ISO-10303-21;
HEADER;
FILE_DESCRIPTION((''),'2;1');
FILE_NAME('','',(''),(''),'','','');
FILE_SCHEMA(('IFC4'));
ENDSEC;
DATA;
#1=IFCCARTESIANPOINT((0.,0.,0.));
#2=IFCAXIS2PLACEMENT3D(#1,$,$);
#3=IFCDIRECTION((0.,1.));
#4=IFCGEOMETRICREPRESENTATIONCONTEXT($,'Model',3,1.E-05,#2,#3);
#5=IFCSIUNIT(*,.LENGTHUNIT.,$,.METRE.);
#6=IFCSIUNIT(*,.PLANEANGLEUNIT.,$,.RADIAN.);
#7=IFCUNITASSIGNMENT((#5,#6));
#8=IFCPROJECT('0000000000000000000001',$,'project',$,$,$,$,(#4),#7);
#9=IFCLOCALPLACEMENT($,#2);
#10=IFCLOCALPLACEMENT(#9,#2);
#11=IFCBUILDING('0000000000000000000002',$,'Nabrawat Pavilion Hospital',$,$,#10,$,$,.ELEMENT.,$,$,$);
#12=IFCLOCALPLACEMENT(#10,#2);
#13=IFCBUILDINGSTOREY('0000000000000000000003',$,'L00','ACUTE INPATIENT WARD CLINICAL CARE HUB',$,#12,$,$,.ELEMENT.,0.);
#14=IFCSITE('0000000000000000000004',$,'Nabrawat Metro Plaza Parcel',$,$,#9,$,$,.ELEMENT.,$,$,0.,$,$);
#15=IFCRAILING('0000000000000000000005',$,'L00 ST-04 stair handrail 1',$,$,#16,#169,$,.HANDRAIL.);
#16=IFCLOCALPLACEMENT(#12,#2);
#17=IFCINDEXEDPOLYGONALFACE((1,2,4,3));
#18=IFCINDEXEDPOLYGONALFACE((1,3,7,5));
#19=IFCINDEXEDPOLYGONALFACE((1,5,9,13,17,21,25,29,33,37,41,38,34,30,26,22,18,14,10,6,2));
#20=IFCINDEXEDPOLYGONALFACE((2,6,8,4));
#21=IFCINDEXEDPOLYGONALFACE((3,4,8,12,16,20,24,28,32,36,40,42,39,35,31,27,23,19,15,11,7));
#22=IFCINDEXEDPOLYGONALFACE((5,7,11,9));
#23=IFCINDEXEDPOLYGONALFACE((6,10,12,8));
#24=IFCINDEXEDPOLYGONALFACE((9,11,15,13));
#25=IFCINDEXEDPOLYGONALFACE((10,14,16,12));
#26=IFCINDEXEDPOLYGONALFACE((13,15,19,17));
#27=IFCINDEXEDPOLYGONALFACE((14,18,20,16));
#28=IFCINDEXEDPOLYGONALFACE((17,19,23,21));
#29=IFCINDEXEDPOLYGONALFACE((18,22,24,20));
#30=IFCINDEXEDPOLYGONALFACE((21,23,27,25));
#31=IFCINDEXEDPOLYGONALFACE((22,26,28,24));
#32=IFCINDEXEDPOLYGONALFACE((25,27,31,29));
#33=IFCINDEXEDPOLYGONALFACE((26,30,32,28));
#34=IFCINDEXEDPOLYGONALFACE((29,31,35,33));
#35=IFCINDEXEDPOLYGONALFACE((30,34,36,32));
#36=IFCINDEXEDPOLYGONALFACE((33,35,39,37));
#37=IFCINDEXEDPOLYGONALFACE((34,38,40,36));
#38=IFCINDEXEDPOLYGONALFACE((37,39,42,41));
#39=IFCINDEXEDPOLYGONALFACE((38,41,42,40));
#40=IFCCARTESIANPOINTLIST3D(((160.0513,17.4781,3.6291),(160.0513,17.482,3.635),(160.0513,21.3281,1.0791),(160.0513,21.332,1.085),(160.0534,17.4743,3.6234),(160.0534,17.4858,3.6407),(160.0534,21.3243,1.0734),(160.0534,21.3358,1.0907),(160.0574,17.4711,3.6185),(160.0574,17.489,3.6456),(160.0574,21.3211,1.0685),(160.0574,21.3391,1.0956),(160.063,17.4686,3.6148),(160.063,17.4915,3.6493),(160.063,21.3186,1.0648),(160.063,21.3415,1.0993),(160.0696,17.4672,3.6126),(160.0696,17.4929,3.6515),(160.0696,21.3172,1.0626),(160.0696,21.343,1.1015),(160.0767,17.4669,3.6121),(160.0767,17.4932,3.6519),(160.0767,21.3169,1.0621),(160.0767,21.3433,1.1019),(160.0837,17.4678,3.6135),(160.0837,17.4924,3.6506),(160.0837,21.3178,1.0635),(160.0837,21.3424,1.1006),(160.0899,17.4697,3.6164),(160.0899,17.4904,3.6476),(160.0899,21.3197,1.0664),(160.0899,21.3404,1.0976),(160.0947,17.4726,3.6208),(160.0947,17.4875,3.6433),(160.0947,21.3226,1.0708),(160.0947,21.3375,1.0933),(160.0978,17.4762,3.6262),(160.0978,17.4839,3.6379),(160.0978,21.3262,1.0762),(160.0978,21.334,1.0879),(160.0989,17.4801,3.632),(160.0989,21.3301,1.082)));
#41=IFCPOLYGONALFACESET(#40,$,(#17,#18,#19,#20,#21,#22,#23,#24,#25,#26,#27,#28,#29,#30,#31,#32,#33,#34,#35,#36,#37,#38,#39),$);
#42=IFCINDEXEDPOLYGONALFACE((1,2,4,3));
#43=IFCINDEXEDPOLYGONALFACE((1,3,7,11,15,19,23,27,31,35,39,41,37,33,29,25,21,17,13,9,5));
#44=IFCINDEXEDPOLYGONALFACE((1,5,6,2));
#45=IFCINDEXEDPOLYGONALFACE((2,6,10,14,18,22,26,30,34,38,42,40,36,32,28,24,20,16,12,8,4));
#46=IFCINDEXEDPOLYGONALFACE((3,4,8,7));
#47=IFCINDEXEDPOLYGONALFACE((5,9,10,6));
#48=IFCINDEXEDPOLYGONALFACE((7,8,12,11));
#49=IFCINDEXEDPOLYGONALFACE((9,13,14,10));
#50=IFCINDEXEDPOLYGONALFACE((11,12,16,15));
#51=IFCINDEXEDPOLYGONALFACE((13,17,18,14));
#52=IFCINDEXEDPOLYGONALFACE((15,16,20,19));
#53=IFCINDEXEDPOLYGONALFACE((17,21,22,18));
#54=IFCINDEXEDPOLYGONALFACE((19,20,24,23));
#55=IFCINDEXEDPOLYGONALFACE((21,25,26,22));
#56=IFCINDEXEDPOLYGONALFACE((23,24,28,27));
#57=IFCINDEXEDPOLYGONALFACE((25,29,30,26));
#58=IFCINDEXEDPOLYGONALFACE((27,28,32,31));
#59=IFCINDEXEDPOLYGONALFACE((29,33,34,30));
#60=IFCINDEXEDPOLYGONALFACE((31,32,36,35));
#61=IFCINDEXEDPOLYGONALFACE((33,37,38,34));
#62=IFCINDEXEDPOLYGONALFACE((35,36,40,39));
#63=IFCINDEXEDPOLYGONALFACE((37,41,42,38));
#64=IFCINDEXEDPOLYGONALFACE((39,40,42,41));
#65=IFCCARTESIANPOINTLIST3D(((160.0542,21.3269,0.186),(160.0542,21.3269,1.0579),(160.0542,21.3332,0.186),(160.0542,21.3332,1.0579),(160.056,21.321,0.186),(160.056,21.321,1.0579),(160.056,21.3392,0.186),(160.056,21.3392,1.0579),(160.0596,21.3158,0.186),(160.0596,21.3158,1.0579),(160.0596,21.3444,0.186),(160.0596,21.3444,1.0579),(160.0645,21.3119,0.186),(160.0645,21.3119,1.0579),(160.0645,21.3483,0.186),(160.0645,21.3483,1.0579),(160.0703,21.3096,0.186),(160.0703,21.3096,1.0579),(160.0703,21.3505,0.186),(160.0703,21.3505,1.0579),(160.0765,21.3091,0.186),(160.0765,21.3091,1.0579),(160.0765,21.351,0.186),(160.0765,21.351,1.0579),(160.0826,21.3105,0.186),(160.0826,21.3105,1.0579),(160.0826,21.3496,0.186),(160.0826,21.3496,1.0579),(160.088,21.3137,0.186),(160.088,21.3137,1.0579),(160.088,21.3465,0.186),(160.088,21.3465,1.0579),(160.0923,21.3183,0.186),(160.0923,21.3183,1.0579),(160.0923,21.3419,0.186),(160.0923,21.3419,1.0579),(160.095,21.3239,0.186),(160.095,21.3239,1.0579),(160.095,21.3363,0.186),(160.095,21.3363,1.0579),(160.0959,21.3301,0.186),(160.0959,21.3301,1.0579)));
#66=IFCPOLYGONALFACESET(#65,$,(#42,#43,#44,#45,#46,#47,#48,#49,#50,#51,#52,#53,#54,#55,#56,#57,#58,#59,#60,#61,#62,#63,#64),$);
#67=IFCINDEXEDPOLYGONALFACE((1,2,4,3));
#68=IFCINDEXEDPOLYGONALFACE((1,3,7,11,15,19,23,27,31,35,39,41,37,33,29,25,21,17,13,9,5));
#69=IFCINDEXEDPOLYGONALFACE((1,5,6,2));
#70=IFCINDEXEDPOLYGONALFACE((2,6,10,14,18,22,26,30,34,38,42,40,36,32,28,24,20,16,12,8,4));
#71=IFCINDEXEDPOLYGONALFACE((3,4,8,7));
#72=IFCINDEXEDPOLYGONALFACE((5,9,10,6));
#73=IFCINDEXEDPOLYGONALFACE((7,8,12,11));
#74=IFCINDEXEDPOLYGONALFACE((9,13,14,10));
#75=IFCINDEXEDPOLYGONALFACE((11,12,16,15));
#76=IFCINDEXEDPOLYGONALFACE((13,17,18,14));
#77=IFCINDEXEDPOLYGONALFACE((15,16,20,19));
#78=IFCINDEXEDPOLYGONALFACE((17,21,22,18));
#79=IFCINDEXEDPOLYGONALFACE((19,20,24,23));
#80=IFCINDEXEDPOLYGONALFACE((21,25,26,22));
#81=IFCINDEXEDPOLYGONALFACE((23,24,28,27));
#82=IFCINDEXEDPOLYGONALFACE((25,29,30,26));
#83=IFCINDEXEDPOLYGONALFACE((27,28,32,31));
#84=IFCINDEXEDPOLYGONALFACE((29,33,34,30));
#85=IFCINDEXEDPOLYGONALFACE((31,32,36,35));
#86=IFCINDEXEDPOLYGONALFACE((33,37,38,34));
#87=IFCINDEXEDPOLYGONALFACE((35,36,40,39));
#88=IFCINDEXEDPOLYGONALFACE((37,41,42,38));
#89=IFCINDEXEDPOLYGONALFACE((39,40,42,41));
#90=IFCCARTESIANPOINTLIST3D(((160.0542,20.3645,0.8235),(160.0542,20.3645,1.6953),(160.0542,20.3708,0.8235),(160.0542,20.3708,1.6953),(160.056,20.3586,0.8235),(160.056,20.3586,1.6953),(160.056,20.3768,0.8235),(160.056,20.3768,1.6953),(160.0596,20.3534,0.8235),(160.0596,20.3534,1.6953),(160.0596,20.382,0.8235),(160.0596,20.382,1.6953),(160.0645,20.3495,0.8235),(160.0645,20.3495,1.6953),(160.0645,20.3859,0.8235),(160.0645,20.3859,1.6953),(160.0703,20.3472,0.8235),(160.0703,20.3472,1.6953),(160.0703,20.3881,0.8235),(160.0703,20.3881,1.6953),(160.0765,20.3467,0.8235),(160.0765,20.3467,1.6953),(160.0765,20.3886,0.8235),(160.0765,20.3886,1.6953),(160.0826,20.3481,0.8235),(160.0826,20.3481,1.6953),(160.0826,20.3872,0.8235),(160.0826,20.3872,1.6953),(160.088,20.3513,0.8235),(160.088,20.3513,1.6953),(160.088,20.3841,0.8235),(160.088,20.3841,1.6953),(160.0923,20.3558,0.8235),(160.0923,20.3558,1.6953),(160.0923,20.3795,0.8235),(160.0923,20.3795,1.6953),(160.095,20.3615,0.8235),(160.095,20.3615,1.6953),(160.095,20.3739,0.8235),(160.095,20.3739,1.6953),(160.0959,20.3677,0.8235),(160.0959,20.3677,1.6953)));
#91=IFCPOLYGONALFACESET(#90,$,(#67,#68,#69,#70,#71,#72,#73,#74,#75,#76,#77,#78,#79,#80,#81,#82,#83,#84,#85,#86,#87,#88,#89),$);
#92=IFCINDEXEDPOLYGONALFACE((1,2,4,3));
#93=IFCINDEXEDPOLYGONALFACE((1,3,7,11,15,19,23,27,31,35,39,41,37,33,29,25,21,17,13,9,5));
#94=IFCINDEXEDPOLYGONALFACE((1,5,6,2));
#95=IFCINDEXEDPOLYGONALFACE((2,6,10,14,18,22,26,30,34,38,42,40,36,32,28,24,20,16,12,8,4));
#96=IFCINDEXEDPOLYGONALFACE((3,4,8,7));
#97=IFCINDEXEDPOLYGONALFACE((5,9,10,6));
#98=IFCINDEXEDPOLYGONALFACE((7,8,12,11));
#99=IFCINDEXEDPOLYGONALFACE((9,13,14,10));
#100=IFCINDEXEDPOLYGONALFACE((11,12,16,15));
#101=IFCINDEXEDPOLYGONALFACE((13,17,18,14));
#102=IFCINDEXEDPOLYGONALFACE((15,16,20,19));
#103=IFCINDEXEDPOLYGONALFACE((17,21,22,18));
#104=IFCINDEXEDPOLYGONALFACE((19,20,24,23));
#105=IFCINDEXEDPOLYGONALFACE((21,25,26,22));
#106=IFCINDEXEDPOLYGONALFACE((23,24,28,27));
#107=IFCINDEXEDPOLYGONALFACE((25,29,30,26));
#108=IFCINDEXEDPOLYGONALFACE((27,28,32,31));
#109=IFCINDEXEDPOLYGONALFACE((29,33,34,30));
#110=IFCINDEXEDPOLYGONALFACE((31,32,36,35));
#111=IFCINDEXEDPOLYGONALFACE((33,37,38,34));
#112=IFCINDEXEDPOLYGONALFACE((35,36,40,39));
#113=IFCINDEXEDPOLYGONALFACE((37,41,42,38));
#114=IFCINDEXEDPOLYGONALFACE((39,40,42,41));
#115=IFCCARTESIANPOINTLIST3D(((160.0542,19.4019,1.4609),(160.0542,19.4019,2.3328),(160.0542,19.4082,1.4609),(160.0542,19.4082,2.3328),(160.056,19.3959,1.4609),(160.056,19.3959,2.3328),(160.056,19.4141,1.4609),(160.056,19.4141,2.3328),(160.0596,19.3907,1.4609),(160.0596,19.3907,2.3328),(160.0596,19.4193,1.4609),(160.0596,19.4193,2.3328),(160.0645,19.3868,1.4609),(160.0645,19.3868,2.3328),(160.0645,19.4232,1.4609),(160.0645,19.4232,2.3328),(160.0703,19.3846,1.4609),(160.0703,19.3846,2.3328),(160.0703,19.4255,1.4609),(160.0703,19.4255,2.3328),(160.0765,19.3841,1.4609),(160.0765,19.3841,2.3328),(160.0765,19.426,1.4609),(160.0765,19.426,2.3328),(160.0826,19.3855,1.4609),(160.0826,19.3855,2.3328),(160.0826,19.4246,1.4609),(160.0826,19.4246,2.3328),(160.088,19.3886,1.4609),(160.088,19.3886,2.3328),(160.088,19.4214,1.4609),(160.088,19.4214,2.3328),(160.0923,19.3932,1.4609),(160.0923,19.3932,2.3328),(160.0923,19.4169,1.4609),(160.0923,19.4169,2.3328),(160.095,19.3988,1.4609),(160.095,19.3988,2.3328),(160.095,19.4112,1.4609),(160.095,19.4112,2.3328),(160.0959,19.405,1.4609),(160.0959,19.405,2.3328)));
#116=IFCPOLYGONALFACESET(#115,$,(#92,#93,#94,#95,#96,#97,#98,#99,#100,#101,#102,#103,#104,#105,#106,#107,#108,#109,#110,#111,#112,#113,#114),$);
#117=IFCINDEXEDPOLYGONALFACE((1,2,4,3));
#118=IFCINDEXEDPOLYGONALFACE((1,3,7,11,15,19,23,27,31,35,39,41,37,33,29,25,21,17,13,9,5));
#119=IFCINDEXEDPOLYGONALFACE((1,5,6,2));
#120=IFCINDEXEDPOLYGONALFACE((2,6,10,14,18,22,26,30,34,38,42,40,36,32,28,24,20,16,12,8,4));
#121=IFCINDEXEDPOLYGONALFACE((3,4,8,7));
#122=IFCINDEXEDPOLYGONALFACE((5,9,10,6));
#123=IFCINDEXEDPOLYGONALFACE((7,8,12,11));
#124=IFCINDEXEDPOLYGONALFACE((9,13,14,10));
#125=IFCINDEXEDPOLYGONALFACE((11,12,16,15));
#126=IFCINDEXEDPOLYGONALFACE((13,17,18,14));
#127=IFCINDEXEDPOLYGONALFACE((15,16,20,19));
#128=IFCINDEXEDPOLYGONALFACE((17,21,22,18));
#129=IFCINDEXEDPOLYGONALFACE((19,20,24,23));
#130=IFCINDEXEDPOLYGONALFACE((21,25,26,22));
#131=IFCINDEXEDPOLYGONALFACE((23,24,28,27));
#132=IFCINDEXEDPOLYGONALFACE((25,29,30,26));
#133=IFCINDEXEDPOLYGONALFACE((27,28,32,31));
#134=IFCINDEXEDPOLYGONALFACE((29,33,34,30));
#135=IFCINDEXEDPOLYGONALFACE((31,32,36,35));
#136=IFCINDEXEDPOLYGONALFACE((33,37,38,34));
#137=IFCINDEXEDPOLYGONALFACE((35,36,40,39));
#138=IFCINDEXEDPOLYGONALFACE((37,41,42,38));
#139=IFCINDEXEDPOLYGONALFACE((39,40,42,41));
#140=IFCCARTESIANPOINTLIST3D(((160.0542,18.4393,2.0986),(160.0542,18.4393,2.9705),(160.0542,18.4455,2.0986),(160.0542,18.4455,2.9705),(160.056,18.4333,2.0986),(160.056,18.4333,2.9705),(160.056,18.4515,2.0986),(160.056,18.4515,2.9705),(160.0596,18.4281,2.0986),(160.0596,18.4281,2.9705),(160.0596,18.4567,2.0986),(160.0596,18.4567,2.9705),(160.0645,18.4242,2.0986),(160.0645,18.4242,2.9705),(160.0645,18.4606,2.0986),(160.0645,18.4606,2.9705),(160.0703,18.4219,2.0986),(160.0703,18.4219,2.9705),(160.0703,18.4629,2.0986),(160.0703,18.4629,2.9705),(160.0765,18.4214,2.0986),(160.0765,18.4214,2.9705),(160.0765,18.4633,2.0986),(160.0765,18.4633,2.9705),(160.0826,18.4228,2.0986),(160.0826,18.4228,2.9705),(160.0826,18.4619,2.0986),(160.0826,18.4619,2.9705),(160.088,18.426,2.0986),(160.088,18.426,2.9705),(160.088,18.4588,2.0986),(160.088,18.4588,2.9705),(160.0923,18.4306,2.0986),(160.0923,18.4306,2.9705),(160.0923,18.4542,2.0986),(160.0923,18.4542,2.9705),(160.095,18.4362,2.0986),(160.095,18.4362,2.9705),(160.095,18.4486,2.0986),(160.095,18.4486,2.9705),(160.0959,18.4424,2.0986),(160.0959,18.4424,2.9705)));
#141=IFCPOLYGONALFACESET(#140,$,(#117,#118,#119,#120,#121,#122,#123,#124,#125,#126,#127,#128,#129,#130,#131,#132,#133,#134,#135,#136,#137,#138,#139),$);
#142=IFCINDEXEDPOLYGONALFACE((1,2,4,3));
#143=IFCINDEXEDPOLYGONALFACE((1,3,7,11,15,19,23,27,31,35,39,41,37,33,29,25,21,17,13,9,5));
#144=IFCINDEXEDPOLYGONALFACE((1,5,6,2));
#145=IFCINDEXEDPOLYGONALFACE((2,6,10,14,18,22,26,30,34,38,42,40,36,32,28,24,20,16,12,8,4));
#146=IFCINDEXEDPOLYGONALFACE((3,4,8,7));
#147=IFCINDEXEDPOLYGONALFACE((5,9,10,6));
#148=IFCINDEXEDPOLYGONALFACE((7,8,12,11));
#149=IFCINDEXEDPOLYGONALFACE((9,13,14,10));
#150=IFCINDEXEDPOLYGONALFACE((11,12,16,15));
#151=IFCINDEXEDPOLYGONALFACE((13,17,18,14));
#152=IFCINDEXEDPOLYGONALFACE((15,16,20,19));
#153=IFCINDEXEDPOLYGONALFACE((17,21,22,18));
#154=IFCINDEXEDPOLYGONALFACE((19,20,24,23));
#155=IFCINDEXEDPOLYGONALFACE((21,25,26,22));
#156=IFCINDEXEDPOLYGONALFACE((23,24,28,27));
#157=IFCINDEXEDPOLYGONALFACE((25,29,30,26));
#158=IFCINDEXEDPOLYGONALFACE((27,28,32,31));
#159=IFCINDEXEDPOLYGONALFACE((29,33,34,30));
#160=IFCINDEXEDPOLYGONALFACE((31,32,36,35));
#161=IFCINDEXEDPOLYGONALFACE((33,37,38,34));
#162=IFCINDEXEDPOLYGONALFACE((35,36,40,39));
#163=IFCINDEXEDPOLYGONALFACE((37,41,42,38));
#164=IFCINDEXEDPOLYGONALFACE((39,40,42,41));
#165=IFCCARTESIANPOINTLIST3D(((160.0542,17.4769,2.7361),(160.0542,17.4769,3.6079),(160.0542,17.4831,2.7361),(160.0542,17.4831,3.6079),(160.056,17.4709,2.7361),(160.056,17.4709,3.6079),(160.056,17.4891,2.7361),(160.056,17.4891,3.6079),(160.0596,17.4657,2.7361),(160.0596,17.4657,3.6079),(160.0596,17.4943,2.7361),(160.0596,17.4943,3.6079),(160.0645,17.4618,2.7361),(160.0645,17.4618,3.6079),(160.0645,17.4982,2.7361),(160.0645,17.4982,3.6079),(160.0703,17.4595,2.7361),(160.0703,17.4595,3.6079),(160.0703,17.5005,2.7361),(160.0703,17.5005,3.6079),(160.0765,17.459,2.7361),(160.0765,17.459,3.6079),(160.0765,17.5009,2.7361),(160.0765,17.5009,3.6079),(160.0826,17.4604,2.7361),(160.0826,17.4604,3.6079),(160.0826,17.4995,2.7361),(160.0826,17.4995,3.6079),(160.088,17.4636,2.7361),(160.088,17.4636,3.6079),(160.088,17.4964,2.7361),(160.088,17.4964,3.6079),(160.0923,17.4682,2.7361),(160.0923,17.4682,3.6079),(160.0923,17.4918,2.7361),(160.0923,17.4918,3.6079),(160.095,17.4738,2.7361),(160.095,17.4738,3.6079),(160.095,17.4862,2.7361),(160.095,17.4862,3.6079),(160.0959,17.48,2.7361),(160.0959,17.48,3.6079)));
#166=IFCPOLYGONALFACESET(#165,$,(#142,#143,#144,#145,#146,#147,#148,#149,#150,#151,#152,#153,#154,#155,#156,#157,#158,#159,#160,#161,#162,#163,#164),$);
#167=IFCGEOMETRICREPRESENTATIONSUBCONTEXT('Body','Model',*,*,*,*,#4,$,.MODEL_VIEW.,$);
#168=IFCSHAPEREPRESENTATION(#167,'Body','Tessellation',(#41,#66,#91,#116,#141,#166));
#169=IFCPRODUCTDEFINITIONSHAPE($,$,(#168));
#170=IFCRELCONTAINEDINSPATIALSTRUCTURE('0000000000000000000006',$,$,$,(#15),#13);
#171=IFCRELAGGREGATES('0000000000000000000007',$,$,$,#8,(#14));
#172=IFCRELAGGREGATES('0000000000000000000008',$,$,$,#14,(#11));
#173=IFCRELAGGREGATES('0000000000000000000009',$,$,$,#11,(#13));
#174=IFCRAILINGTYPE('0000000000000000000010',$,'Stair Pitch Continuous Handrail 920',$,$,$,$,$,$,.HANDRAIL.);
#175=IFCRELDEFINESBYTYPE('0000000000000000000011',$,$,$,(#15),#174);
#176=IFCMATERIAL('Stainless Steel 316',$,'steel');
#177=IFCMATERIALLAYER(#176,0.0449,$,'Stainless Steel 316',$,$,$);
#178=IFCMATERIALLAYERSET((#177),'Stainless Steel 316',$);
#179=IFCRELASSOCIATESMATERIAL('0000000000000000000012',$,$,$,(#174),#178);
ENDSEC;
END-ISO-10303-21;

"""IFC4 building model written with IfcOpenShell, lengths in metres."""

from ifc_helpers import new_model, si_unit, direction, frame, origin, origin_2d, place, context, subcontext, project, spatial, circle, extrude, material, layer, layer_set, type_object, element, save


model = new_model("IFC4")

# Units and contexts
model_context = context("Model", 3, precision=1e-05, world=origin(), true_north=direction((0.0, 1.0)))
body_context = subcontext(model_context, "Body", "Model", "MODEL_VIEW")
ifc_project = project(units=[si_unit("LENGTHUNIT", "METRE"), si_unit("PLANEANGLEUNIT", "RADIAN")], contexts=[model_context])

# Site, building, storey
site_placement = place(None, origin())
site = spatial("IfcSite", under=ifc_project, at=site_placement, Name="Nabrawat Metro Plaza Parcel", CompositionType="ELEMENT", RefElevation=0.0)
building_placement = place(site_placement, origin())
building = spatial("IfcBuilding", under=site, at=building_placement, Name="Nabrawat Pavilion Hospital", CompositionType="ELEMENT")
storey_placement = place(building_placement, origin())
storey = spatial("IfcBuildingStorey", under=building, at=storey_placement, Name="L00", Description="ACUTE INPATIENT WARD CLINICAL CARE HUB", CompositionType="ELEMENT", Elevation=0.0)

# Railing
ifc_material_1 = material(Name="Stainless Steel 316", Category="steel")
ifc_layer_1 = layer(ifc_material_1, 0.0449, Name="Stainless Steel 316")
ifc_layer_set_1 = layer_set([ifc_layer_1], Name="Stainless Steel 316")
railing_type_1 = type_object("IfcRailingType", Name="Stair Pitch Continuous Handrail 920", PredefinedType="HANDRAIL", material=ifc_layer_set_1)
for number, where, name in (
    (1, (160.075, 21.3301, 0.186), "L00 ST-04 stair handrail 1"),
):
    element("IfcRailing", number, at=place(storey_placement, frame(where)), inside=storey, type_object=railing_type_1, Name=name, PredefinedType="HANDRAIL", context=body_context, shape_type="SweptSolid", body=[
        extrude(circle(Radius=0.0239, at=origin_2d()), frame((0.0, 0.0, 0.896), z_axis=(0.0, -0.833714, 0.552197), x_axis=(1.0, 0.0, 0.0)), (0.0, 0.0, 1.0), 4.6179),
        extrude(circle(Radius=0.021, at=origin_2d()), origin(), (0.0, 0.0, 1.0), 0.8718),
        extrude(circle(Radius=0.021, at=origin_2d()), frame((0.0, -0.9624, 0.6375)), (0.0, 0.0, 1.0), 0.8718),
        extrude(circle(Radius=0.021, at=origin_2d()), frame((0.0, -1.925, 1.2749)), (0.0, 0.0, 1.0), 0.8718),
        extrude(circle(Radius=0.021, at=origin_2d()), frame((0.0, -2.8877, 1.9126)), (0.0, 0.0, 1.0), 0.8718),
        extrude(circle(Radius=0.021, at=origin_2d()), frame((0.0, -3.8501, 2.55)), (0.0, 0.0, 1.0), 0.8718),
    ])

save(model, "model.ifc")
